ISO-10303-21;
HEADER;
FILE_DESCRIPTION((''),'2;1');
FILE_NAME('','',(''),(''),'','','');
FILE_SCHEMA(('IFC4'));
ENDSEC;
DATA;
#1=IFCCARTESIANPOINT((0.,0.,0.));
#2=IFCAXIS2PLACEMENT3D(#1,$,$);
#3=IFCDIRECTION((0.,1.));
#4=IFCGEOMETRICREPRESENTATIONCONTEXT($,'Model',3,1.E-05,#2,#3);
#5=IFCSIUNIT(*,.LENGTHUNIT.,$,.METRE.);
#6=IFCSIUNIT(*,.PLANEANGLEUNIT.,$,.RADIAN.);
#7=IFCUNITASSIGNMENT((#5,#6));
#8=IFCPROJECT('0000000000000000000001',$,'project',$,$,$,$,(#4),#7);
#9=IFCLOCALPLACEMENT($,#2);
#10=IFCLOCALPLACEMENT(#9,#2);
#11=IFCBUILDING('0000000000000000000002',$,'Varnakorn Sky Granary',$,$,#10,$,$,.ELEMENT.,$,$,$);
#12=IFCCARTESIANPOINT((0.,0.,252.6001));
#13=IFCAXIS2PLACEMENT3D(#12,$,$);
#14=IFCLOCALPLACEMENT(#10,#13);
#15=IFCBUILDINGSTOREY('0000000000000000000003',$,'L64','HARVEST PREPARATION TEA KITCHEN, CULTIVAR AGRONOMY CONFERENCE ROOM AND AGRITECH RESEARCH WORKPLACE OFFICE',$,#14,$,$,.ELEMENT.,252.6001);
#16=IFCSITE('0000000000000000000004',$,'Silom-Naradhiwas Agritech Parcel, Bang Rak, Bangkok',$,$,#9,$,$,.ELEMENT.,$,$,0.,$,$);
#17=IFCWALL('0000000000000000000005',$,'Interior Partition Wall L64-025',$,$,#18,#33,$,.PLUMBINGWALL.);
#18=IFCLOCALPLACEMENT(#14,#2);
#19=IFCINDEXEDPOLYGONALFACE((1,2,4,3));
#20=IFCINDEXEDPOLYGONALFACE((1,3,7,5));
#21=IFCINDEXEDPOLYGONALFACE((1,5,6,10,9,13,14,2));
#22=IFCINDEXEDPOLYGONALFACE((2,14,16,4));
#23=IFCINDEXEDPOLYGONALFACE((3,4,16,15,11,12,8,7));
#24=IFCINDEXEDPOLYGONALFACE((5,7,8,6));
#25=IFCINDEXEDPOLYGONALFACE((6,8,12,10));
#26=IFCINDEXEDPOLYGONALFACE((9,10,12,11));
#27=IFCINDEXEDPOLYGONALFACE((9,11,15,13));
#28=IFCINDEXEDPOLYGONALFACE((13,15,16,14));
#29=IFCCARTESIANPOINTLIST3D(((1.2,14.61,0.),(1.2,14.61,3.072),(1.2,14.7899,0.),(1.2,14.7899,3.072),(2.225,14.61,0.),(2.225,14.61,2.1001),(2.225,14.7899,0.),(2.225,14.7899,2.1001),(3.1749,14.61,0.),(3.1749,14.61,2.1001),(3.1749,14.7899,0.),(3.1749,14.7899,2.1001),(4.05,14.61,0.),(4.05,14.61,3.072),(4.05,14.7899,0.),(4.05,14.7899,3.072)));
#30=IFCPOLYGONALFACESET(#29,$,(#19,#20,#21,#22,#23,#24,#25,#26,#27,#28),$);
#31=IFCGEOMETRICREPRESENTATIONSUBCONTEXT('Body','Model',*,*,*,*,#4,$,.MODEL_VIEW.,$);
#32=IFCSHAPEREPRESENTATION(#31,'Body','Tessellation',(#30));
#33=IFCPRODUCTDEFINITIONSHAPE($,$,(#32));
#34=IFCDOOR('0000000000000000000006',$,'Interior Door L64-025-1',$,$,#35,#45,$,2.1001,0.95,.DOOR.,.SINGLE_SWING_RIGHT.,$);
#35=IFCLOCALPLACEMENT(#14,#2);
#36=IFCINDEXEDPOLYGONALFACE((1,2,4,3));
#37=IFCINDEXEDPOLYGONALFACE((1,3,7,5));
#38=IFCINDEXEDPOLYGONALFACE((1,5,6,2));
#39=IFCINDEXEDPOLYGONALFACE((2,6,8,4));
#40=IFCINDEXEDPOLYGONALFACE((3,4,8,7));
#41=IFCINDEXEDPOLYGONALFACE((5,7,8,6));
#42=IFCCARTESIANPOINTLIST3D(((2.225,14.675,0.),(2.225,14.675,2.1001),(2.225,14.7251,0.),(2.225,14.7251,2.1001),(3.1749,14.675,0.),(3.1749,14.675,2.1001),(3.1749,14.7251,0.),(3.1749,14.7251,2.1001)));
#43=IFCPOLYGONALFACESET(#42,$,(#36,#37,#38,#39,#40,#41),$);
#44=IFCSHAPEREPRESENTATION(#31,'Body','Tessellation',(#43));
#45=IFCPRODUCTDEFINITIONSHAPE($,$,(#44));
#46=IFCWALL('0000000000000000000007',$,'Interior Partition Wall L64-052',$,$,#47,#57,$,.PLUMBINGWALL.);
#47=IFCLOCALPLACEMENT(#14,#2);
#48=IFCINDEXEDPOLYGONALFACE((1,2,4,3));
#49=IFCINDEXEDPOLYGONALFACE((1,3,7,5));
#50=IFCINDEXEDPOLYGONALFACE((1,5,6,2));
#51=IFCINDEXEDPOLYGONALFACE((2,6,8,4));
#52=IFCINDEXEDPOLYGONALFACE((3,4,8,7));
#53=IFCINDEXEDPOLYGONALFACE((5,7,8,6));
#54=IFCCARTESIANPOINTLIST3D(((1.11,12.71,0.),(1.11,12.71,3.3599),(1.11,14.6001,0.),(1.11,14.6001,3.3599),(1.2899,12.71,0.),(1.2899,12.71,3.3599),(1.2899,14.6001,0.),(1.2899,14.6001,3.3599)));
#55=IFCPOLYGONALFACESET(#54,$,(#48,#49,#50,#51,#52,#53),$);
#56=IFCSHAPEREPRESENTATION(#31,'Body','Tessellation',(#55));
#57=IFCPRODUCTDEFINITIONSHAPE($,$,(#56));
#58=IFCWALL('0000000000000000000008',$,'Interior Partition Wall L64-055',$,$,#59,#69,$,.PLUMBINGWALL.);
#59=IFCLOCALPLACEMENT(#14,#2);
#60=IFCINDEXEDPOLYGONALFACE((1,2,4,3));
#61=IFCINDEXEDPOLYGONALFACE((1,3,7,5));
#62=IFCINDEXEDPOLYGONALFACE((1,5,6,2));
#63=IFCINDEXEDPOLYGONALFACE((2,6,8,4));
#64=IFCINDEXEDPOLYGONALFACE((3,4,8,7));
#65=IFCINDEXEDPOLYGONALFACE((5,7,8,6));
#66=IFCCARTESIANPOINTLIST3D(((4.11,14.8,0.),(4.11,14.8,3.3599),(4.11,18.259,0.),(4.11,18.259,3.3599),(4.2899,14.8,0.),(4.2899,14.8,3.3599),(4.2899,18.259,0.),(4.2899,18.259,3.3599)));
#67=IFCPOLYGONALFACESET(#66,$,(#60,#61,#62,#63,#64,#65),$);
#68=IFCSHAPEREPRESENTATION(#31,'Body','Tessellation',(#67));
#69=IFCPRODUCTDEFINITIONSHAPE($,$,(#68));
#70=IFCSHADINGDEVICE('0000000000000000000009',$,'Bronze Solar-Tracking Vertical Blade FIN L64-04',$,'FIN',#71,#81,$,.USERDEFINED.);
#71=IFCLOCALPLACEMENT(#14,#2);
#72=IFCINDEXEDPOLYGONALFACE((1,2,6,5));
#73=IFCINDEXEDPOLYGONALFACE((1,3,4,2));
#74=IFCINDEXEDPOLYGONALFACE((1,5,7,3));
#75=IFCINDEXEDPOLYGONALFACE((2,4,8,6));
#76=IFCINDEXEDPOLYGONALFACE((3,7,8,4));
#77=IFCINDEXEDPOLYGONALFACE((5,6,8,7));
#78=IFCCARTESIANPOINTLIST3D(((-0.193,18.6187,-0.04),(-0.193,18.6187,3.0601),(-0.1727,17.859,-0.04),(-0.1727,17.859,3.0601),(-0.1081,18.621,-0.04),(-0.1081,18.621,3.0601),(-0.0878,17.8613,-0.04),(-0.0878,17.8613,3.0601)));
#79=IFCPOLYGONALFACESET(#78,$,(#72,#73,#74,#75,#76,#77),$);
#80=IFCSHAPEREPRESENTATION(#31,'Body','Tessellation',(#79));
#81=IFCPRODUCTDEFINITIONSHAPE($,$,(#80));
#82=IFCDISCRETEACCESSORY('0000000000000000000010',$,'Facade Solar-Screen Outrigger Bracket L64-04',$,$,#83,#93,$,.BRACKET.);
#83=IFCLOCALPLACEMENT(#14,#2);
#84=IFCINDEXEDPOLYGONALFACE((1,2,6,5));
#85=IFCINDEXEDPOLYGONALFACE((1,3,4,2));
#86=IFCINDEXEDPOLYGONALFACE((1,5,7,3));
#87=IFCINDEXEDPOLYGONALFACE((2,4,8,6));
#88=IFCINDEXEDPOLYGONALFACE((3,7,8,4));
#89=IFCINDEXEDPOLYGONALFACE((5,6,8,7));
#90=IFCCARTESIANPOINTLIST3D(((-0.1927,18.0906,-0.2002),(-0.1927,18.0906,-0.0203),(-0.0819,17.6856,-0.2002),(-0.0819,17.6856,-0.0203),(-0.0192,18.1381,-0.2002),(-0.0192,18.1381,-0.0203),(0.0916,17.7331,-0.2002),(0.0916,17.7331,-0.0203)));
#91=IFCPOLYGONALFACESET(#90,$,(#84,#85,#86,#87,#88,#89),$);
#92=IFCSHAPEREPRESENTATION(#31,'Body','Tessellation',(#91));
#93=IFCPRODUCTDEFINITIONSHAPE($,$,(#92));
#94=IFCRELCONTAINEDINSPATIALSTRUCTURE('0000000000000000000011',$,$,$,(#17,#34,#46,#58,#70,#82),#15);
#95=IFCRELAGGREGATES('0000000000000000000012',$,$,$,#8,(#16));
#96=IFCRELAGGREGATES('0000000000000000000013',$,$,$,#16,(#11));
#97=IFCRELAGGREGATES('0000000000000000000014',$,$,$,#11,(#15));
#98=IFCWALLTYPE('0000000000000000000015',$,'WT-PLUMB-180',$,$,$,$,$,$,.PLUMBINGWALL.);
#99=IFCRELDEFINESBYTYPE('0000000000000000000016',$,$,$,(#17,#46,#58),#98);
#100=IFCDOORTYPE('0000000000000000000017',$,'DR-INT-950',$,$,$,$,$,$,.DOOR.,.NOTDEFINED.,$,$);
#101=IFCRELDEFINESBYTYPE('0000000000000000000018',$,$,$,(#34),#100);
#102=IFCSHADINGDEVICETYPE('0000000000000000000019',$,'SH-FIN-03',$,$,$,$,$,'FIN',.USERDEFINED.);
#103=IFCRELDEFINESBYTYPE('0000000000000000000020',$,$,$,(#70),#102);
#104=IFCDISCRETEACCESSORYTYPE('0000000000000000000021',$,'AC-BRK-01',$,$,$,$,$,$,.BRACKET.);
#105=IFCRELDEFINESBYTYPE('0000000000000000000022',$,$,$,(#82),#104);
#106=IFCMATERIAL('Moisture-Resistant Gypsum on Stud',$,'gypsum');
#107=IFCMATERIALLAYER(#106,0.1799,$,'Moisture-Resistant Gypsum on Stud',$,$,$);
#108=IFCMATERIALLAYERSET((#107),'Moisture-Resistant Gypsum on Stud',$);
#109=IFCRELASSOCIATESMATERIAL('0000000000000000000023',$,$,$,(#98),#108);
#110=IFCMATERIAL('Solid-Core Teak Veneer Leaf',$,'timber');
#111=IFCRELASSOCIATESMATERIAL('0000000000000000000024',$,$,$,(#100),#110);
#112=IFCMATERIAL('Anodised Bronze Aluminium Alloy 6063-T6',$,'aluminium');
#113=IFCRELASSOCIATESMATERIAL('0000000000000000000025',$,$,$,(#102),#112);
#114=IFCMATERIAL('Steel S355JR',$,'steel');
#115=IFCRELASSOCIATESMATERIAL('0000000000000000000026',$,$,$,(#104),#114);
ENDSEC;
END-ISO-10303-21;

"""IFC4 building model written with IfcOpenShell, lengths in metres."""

from ifc_helpers import new_model, si_unit, direction, frame, frame_2d, origin, origin_2d, place, context, subcontext, project, spatial, rectangle, extrude, source, transform, mapped, material, layer, layer_set, type_object, type_shapes, element, fill, save


model = new_model("IFC4")

# Units and contexts
model_context = context("Model", 3, precision=1e-05, world=origin(), true_north=direction((0.0, 1.0)))
body_context = subcontext(model_context, "Body", "Model", "MODEL_VIEW")
ifc_project = project(units=[si_unit("LENGTHUNIT", "METRE"), si_unit("PLANEANGLEUNIT", "RADIAN")], contexts=[model_context])

# Site, building, storey
site_placement = place(None, origin())
site = spatial("IfcSite", under=ifc_project, at=site_placement, Name="Silom-Naradhiwas Agritech Parcel, Bang Rak, Bangkok", CompositionType="ELEMENT", RefElevation=0.0)
building_placement = place(site_placement, origin())
building = spatial("IfcBuilding", under=site, at=building_placement, Name="Varnakorn Sky Granary", CompositionType="ELEMENT")
storey_placement = place(building_placement, frame((0.0, 0.0, 252.6001)))
storey = spatial("IfcBuildingStorey", under=building, at=storey_placement, Name="L64", Description="HARVEST PREPARATION TEA KITCHEN, CULTIVAR AGRONOMY CONFERENCE ROOM AND AGRITECH RESEARCH WORKPLACE OFFICE", CompositionType="ELEMENT", Elevation=252.6001)

# Shared definitions
ifc_material_1 = material(Name="Steel S355JR", Category="steel")

# Shared definitions
ifc_material_2 = material(Name="Anodised Bronze Aluminium Alloy 6063-T6", Category="aluminium")

# Wall, opening, door
ifc_material_3 = material(Name="Moisture-Resistant Gypsum on Stud", Category="gypsum")
ifc_layer_1 = layer(ifc_material_3, 0.1799, Name="Moisture-Resistant Gypsum on Stud")
ifc_layer_set_1 = layer_set([ifc_layer_1], Name="Moisture-Resistant Gypsum on Stud")
wall_type_1 = type_object("IfcWallType", Name="WT-PLUMB-180", PredefinedType="PLUMBINGWALL", material=ifc_layer_set_1)
wall_1_placement = place(storey_placement, frame((4.05, 14.7, 0.0), z_axis=(0.0, 0.0, 1.0), x_axis=(-1.0, 0.0, 0.0)))
wall_1 = element("IfcWall", 1, at=wall_1_placement, inside=storey, type_object=wall_type_1, Name="Interior Partition Wall L64-025", PredefinedType="PLUMBINGWALL", context=body_context, shape_type="SweptSolid", body=[
    extrude(rectangle(XDim=2.8501, YDim=0.1799, at=frame_2d((1.425, 0.0))), origin(), (0.0, 0.0, 1.0), 3.072),
])
opening_1_placement = place(wall_1_placement, frame((0.875, 0.0, 0.0)))
opening_1 = element("IfcOpeningElement", 2, at=opening_1_placement, cuts=wall_1, PredefinedType="OPENING", context=body_context, shape_type="SweptSolid", body=[
    extrude(rectangle(XDim=0.95, YDim=2.1001, at=frame_2d((0.4751, 1.05))), frame((0.0, 0.1001, 0.0), z_axis=(0.0, -1.0, 0.0), x_axis=(1.0, 0.0, 0.0)), (0.0, 0.0, 1.0), 0.2),
])
ifc_material_4 = material(Name="Solid-Core Teak Veneer Leaf", Category="timber")
door_type_1 = type_object("IfcDoorType", Name="DR-INT-950", OperationType="NOTDEFINED", PredefinedType="DOOR", material=ifc_material_4)
door_1_placement = place(opening_1_placement, origin())
door_1 = element("IfcDoor", 3, at=door_1_placement, inside=storey, type_object=door_type_1, Name="Interior Door L64-025-1", OperationType="SINGLE_SWING_RIGHT", OverallHeight=2.1001, OverallWidth=0.95, PredefinedType="DOOR", context=body_context, shape_type="SweptSolid", body=[
    extrude(rectangle(XDim=0.95, YDim=2.1001, at=frame_2d((0.4751, 1.05))), frame((0.0, 0.0249, 0.0), z_axis=(0.0, -1.0, 0.0), x_axis=(1.0, 0.0, 0.0)), (0.0, 0.0, 1.0), 0.05),
])
fill(opening_1, door_1)

# Walls
wall_2_placement = place(storey_placement, frame((1.2, 14.6001, 0.0), z_axis=(0.0, 0.0, 1.0), x_axis=(0.0, -1.0, 0.0)))
element("IfcWall", 4, at=wall_2_placement, inside=storey, type_object=wall_type_1, Name="Interior Partition Wall L64-052", PredefinedType="PLUMBINGWALL", context=body_context, shape_type="SweptSolid", body=[
    extrude(rectangle(XDim=1.8901, YDim=0.1799, at=frame_2d((0.9451, 0.0))), origin(), (0.0, 0.0, 1.0), 3.3599),
])
wall_3_placement = place(storey_placement, frame((4.2, 18.259, 0.0), z_axis=(0.0, 0.0, 1.0), x_axis=(0.0, -1.0, 0.0)))
element("IfcWall", 5, at=wall_3_placement, inside=storey, type_object=wall_type_1, Name="Interior Partition Wall L64-055", PredefinedType="PLUMBINGWALL", context=body_context, shape_type="SweptSolid", body=[
    extrude(rectangle(XDim=3.459, YDim=0.1799, at=frame_2d((1.7295, 0.0))), origin(), (0.0, 0.0, 1.0), 3.3599),
])

# Shading device
shading_device_type = type_object("IfcShadingDeviceType", Name="SH-FIN-03", ElementType="FIN", PredefinedType="USERDEFINED", material=ifc_material_2)
shared_shape_1 = source(origin(), body_context, "Body", "SweptSolid", [
    extrude(rectangle(XDim=0.085, YDim=0.76, at=origin_2d()), origin(), (0.0, 0.0, 1.0), 3.1001),
])
type_shapes(shading_device_type, [shared_shape_1])
shading_device_placement = place(storey_placement, frame((-0.1404, 18.24, -0.04), z_axis=(0.0, 0.0, 1.0), x_axis=(-0.999644, -0.026695, 0.0)))
element("IfcShadingDevice", 6, at=shading_device_placement, inside=storey, type_object=shading_device_type, Name="Bronze Solar-Tracking Vertical Blade FIN L64-04", ObjectType="FIN", PredefinedType="USERDEFINED", context=body_context, shape_type="MappedRepresentation", body=[
    mapped(shared_shape_1, transform((0.0, 0.0, 0.0), x_axis=(1.0, 0.0, 0.0), y_axis=(0.0, 1.0, 0.0), z_axis=(0.0, 0.0, 1.0), scale=1.0)),
])

# Discrete accessory
discrete_accessory_type = type_object("IfcDiscreteAccessoryType", Name="AC-BRK-01", PredefinedType="BRACKET", material=ifc_material_1)
shared_shape_2 = source(origin(), body_context, "Body", "SweptSolid", [
    extrude(rectangle(XDim=0.1799, YDim=0.4199, at=origin_2d()), origin(), (0.0, 0.0, 1.0), 0.1799),
])
type_shapes(discrete_accessory_type, [shared_shape_2])
discrete_accessory_placement = place(storey_placement, frame((-0.0505, 17.9119, -0.2002), z_axis=(0.0, 0.0, 1.0), x_axis=(-0.964552, -0.263894, 0.0)))
element("IfcDiscreteAccessory", 7, at=discrete_accessory_placement, inside=storey, type_object=discrete_accessory_type, Name="Facade Solar-Screen Outrigger Bracket L64-04", PredefinedType="BRACKET", context=body_context, shape_type="MappedRepresentation", body=[
    mapped(shared_shape_2, transform((0.0, 0.0, 0.0), x_axis=(1.0, 0.0, 0.0), y_axis=(0.0, 1.0, 0.0), z_axis=(0.0, 0.0, 1.0), scale=1.0)),
])

save(model, "model.ifc")
